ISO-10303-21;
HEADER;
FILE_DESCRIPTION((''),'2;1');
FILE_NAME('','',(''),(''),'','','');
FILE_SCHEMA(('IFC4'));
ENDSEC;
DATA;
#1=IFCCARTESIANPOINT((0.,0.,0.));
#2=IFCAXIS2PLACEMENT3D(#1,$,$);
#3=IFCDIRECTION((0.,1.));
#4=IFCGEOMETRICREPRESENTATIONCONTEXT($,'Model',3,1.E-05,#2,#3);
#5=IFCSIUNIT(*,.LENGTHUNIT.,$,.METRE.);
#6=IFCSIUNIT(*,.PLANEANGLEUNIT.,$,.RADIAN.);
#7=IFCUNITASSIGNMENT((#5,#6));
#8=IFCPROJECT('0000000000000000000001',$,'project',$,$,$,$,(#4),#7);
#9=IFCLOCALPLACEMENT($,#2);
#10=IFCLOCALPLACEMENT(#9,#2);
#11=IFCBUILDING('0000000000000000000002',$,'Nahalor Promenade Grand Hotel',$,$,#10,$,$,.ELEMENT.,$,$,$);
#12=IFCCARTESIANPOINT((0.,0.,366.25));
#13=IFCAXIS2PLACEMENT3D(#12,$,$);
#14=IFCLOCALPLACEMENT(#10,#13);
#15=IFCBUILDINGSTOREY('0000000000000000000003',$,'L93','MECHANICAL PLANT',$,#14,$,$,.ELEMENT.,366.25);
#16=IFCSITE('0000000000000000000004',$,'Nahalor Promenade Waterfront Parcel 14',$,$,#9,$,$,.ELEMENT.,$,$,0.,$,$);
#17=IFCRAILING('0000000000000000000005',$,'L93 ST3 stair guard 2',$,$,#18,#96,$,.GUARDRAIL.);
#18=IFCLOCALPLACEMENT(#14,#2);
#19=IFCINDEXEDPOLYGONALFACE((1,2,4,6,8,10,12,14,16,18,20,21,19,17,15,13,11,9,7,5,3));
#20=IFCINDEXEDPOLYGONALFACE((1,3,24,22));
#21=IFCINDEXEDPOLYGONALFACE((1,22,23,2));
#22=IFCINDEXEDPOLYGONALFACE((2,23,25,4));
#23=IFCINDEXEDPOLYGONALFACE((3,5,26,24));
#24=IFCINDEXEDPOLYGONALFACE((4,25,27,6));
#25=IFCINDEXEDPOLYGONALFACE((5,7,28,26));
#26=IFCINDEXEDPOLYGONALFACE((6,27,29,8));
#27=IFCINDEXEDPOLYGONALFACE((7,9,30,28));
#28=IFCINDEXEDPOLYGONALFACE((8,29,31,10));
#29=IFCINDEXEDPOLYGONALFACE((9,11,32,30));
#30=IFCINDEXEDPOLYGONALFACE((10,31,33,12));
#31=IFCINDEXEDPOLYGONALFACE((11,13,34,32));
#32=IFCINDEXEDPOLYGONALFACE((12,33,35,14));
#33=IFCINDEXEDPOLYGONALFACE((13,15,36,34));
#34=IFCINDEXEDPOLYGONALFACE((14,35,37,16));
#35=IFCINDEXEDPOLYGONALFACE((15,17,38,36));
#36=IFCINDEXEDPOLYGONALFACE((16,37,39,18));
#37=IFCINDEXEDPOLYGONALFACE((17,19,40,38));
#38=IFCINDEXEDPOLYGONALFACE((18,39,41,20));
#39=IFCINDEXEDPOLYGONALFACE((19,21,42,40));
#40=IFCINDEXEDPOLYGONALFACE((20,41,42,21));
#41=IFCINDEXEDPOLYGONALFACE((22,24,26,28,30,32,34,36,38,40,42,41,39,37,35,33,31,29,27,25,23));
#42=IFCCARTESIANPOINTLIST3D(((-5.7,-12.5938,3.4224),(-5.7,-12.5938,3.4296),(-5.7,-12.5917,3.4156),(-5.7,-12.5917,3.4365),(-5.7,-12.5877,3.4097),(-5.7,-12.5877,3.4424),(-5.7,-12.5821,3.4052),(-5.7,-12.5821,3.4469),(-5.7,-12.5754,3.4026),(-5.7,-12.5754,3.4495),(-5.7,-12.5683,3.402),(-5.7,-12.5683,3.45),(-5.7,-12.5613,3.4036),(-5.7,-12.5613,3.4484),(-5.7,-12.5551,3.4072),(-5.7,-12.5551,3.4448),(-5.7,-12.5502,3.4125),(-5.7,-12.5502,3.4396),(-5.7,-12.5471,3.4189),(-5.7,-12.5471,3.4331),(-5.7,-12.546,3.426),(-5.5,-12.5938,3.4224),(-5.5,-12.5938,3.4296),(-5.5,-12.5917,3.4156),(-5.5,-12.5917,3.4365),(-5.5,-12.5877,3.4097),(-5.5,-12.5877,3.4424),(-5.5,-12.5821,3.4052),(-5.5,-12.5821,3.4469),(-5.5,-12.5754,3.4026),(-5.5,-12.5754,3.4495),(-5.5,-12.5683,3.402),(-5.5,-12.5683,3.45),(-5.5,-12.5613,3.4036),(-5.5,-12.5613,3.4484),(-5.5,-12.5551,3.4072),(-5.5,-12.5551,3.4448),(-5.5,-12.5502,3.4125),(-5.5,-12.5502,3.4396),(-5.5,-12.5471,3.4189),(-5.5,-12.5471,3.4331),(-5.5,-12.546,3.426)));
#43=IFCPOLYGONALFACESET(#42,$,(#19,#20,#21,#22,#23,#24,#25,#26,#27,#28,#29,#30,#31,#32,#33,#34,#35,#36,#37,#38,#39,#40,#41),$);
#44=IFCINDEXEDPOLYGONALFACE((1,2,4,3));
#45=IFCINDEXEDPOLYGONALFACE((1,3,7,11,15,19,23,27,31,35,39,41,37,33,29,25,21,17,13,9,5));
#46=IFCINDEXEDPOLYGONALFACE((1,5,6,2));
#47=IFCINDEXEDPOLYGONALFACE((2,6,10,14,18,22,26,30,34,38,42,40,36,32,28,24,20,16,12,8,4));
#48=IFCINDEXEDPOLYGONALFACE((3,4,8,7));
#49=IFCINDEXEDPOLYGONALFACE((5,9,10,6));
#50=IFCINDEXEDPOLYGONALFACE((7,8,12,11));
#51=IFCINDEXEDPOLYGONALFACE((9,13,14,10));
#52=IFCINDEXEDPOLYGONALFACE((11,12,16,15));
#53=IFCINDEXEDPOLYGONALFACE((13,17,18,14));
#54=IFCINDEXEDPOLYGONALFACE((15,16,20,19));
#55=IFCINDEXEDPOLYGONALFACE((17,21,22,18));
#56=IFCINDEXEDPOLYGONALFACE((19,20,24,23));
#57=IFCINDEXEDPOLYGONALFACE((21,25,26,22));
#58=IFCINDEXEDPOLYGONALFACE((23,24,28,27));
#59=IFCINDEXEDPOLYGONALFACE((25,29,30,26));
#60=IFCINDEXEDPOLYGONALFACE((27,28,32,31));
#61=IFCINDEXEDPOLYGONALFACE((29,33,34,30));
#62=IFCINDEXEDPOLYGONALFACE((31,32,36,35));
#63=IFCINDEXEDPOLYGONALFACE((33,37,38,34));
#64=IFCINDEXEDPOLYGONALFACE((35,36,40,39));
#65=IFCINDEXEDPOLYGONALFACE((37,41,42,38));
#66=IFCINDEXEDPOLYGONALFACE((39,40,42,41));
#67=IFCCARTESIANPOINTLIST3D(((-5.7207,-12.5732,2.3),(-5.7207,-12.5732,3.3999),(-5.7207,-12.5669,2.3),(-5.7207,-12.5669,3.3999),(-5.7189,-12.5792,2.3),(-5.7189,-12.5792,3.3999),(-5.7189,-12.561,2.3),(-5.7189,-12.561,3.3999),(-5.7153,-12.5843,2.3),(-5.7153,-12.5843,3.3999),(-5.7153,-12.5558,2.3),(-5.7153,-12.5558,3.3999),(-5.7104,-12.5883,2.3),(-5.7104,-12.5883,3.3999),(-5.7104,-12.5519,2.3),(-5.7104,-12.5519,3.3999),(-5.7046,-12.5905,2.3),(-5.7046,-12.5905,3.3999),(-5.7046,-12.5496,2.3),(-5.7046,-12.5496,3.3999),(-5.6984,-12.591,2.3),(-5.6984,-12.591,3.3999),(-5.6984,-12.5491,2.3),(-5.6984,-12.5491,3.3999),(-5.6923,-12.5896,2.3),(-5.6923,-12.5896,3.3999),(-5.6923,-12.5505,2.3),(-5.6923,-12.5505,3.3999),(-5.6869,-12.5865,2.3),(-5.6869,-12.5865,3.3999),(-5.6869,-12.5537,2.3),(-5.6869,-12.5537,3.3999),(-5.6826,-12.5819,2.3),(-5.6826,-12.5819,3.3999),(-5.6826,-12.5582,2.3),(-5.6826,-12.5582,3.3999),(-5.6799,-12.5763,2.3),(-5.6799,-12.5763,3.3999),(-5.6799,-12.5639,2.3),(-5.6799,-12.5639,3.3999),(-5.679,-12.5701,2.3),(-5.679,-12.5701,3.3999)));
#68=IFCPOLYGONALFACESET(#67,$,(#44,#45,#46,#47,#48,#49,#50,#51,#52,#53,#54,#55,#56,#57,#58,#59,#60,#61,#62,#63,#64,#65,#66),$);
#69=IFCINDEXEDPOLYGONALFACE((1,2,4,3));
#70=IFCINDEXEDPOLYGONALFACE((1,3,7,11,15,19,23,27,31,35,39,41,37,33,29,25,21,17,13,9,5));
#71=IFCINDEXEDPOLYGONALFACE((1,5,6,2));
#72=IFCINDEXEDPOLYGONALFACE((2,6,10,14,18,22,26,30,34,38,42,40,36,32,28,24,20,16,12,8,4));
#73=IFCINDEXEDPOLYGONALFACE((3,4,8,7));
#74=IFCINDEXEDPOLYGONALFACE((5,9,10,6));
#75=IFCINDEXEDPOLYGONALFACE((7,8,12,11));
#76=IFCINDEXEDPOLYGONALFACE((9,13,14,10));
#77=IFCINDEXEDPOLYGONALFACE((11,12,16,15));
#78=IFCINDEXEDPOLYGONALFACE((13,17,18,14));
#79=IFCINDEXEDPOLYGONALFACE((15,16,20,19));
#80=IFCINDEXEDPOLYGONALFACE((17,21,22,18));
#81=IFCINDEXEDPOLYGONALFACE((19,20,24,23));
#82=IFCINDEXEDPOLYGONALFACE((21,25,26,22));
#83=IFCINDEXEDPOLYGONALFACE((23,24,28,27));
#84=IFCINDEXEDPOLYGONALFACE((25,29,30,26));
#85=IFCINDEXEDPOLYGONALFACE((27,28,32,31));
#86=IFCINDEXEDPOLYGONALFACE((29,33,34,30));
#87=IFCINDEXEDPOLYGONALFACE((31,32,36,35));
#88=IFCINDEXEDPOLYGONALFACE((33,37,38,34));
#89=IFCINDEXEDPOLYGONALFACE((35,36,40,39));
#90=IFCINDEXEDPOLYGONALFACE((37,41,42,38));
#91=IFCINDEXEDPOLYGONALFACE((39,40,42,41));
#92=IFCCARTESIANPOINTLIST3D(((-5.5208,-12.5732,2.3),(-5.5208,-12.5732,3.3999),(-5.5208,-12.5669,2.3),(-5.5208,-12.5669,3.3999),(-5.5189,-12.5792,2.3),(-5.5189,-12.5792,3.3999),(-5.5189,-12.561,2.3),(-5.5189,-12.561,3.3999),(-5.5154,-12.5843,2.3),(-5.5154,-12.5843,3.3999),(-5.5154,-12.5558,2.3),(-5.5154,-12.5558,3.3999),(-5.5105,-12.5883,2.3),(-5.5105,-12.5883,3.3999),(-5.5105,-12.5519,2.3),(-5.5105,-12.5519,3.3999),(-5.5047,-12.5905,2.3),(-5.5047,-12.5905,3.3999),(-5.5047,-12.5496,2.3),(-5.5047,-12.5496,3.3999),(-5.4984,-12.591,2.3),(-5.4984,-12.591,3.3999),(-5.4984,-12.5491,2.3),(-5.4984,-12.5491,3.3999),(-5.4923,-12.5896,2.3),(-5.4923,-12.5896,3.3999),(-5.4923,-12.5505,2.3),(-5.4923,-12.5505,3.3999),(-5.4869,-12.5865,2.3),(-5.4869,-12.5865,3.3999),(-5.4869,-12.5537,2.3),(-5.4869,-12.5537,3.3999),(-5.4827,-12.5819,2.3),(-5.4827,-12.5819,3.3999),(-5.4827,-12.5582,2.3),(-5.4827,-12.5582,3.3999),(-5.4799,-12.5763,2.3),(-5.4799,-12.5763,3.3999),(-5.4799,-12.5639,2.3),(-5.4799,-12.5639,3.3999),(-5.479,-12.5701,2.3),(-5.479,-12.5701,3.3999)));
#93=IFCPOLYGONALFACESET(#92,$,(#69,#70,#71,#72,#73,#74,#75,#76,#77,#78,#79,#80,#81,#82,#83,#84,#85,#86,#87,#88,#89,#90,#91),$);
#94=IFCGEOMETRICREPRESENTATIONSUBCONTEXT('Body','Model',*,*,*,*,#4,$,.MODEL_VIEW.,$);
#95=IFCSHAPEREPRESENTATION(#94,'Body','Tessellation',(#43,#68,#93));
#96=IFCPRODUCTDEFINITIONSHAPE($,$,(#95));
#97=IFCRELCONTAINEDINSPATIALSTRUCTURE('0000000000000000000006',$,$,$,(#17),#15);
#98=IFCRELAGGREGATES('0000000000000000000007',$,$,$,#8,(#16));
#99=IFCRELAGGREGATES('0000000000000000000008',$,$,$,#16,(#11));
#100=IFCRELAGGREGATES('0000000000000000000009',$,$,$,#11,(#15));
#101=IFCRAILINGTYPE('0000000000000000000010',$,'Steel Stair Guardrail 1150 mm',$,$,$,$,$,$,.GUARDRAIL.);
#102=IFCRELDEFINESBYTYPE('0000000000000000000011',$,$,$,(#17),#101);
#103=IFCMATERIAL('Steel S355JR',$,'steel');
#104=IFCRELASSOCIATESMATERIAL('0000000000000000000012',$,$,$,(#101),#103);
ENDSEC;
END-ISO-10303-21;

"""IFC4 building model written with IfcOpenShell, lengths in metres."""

from ifc_helpers import new_model, si_unit, direction, frame, origin, origin_2d, place, context, subcontext, project, spatial, circle, extrude, material, type_object, element, save


model = new_model("IFC4")

# Units and contexts
model_context = context("Model", 3, precision=1e-05, world=origin(), true_north=direction((0.0, 1.0)))
body_context = subcontext(model_context, "Body", "Model", "MODEL_VIEW")
ifc_project = project(units=[si_unit("LENGTHUNIT", "METRE"), si_unit("PLANEANGLEUNIT", "RADIAN")], contexts=[model_context])

# Site, building, storey
site_placement = place(None, origin())
site = spatial("IfcSite", under=ifc_project, at=site_placement, Name="Nahalor Promenade Waterfront Parcel 14", CompositionType="ELEMENT", RefElevation=0.0)
building_placement = place(site_placement, origin())
building = spatial("IfcBuilding", under=site, at=building_placement, Name="Nahalor Promenade Grand Hotel", CompositionType="ELEMENT")
storey_placement = place(building_placement, frame((0.0, 0.0, 366.25)))
storey = spatial("IfcBuildingStorey", under=building, at=storey_placement, Name="L93", Description="MECHANICAL PLANT", CompositionType="ELEMENT", Elevation=366.25)

# Shared definitions
ifc_material_1 = material(Name="Steel S355JR", Category="steel")

# Railing
railing_type_1 = type_object("IfcRailingType", Name="Steel Stair Guardrail 1150 mm", PredefinedType="GUARDRAIL", material=ifc_material_1)
railing_1_placement = place(storey_placement, frame((-5.7, -12.5701, 2.3)))
element("IfcRailing", 1, at=railing_1_placement, inside=storey, type_object=railing_type_1, Name="L93 ST3 stair guard 2", PredefinedType="GUARDRAIL", context=body_context, shape_type="SweptSolid", body=[
    extrude(circle(Radius=0.024, at=origin_2d()), frame((0.0, 0.0, 1.126), z_axis=(1.0, 0.0, 0.0), x_axis=(0.0, 1.0, 0.0)), (0.0, 0.0, 1.0), 0.2),
    extrude(circle(Radius=0.021, at=origin_2d()), origin(), (0.0, 0.0, 1.0), 1.0999),
    extrude(circle(Radius=0.021, at=origin_2d()), frame((0.2, 0.0, 0.0)), (0.0, 0.0, 1.0), 1.0999),
])

save(model, "model.ifc")
